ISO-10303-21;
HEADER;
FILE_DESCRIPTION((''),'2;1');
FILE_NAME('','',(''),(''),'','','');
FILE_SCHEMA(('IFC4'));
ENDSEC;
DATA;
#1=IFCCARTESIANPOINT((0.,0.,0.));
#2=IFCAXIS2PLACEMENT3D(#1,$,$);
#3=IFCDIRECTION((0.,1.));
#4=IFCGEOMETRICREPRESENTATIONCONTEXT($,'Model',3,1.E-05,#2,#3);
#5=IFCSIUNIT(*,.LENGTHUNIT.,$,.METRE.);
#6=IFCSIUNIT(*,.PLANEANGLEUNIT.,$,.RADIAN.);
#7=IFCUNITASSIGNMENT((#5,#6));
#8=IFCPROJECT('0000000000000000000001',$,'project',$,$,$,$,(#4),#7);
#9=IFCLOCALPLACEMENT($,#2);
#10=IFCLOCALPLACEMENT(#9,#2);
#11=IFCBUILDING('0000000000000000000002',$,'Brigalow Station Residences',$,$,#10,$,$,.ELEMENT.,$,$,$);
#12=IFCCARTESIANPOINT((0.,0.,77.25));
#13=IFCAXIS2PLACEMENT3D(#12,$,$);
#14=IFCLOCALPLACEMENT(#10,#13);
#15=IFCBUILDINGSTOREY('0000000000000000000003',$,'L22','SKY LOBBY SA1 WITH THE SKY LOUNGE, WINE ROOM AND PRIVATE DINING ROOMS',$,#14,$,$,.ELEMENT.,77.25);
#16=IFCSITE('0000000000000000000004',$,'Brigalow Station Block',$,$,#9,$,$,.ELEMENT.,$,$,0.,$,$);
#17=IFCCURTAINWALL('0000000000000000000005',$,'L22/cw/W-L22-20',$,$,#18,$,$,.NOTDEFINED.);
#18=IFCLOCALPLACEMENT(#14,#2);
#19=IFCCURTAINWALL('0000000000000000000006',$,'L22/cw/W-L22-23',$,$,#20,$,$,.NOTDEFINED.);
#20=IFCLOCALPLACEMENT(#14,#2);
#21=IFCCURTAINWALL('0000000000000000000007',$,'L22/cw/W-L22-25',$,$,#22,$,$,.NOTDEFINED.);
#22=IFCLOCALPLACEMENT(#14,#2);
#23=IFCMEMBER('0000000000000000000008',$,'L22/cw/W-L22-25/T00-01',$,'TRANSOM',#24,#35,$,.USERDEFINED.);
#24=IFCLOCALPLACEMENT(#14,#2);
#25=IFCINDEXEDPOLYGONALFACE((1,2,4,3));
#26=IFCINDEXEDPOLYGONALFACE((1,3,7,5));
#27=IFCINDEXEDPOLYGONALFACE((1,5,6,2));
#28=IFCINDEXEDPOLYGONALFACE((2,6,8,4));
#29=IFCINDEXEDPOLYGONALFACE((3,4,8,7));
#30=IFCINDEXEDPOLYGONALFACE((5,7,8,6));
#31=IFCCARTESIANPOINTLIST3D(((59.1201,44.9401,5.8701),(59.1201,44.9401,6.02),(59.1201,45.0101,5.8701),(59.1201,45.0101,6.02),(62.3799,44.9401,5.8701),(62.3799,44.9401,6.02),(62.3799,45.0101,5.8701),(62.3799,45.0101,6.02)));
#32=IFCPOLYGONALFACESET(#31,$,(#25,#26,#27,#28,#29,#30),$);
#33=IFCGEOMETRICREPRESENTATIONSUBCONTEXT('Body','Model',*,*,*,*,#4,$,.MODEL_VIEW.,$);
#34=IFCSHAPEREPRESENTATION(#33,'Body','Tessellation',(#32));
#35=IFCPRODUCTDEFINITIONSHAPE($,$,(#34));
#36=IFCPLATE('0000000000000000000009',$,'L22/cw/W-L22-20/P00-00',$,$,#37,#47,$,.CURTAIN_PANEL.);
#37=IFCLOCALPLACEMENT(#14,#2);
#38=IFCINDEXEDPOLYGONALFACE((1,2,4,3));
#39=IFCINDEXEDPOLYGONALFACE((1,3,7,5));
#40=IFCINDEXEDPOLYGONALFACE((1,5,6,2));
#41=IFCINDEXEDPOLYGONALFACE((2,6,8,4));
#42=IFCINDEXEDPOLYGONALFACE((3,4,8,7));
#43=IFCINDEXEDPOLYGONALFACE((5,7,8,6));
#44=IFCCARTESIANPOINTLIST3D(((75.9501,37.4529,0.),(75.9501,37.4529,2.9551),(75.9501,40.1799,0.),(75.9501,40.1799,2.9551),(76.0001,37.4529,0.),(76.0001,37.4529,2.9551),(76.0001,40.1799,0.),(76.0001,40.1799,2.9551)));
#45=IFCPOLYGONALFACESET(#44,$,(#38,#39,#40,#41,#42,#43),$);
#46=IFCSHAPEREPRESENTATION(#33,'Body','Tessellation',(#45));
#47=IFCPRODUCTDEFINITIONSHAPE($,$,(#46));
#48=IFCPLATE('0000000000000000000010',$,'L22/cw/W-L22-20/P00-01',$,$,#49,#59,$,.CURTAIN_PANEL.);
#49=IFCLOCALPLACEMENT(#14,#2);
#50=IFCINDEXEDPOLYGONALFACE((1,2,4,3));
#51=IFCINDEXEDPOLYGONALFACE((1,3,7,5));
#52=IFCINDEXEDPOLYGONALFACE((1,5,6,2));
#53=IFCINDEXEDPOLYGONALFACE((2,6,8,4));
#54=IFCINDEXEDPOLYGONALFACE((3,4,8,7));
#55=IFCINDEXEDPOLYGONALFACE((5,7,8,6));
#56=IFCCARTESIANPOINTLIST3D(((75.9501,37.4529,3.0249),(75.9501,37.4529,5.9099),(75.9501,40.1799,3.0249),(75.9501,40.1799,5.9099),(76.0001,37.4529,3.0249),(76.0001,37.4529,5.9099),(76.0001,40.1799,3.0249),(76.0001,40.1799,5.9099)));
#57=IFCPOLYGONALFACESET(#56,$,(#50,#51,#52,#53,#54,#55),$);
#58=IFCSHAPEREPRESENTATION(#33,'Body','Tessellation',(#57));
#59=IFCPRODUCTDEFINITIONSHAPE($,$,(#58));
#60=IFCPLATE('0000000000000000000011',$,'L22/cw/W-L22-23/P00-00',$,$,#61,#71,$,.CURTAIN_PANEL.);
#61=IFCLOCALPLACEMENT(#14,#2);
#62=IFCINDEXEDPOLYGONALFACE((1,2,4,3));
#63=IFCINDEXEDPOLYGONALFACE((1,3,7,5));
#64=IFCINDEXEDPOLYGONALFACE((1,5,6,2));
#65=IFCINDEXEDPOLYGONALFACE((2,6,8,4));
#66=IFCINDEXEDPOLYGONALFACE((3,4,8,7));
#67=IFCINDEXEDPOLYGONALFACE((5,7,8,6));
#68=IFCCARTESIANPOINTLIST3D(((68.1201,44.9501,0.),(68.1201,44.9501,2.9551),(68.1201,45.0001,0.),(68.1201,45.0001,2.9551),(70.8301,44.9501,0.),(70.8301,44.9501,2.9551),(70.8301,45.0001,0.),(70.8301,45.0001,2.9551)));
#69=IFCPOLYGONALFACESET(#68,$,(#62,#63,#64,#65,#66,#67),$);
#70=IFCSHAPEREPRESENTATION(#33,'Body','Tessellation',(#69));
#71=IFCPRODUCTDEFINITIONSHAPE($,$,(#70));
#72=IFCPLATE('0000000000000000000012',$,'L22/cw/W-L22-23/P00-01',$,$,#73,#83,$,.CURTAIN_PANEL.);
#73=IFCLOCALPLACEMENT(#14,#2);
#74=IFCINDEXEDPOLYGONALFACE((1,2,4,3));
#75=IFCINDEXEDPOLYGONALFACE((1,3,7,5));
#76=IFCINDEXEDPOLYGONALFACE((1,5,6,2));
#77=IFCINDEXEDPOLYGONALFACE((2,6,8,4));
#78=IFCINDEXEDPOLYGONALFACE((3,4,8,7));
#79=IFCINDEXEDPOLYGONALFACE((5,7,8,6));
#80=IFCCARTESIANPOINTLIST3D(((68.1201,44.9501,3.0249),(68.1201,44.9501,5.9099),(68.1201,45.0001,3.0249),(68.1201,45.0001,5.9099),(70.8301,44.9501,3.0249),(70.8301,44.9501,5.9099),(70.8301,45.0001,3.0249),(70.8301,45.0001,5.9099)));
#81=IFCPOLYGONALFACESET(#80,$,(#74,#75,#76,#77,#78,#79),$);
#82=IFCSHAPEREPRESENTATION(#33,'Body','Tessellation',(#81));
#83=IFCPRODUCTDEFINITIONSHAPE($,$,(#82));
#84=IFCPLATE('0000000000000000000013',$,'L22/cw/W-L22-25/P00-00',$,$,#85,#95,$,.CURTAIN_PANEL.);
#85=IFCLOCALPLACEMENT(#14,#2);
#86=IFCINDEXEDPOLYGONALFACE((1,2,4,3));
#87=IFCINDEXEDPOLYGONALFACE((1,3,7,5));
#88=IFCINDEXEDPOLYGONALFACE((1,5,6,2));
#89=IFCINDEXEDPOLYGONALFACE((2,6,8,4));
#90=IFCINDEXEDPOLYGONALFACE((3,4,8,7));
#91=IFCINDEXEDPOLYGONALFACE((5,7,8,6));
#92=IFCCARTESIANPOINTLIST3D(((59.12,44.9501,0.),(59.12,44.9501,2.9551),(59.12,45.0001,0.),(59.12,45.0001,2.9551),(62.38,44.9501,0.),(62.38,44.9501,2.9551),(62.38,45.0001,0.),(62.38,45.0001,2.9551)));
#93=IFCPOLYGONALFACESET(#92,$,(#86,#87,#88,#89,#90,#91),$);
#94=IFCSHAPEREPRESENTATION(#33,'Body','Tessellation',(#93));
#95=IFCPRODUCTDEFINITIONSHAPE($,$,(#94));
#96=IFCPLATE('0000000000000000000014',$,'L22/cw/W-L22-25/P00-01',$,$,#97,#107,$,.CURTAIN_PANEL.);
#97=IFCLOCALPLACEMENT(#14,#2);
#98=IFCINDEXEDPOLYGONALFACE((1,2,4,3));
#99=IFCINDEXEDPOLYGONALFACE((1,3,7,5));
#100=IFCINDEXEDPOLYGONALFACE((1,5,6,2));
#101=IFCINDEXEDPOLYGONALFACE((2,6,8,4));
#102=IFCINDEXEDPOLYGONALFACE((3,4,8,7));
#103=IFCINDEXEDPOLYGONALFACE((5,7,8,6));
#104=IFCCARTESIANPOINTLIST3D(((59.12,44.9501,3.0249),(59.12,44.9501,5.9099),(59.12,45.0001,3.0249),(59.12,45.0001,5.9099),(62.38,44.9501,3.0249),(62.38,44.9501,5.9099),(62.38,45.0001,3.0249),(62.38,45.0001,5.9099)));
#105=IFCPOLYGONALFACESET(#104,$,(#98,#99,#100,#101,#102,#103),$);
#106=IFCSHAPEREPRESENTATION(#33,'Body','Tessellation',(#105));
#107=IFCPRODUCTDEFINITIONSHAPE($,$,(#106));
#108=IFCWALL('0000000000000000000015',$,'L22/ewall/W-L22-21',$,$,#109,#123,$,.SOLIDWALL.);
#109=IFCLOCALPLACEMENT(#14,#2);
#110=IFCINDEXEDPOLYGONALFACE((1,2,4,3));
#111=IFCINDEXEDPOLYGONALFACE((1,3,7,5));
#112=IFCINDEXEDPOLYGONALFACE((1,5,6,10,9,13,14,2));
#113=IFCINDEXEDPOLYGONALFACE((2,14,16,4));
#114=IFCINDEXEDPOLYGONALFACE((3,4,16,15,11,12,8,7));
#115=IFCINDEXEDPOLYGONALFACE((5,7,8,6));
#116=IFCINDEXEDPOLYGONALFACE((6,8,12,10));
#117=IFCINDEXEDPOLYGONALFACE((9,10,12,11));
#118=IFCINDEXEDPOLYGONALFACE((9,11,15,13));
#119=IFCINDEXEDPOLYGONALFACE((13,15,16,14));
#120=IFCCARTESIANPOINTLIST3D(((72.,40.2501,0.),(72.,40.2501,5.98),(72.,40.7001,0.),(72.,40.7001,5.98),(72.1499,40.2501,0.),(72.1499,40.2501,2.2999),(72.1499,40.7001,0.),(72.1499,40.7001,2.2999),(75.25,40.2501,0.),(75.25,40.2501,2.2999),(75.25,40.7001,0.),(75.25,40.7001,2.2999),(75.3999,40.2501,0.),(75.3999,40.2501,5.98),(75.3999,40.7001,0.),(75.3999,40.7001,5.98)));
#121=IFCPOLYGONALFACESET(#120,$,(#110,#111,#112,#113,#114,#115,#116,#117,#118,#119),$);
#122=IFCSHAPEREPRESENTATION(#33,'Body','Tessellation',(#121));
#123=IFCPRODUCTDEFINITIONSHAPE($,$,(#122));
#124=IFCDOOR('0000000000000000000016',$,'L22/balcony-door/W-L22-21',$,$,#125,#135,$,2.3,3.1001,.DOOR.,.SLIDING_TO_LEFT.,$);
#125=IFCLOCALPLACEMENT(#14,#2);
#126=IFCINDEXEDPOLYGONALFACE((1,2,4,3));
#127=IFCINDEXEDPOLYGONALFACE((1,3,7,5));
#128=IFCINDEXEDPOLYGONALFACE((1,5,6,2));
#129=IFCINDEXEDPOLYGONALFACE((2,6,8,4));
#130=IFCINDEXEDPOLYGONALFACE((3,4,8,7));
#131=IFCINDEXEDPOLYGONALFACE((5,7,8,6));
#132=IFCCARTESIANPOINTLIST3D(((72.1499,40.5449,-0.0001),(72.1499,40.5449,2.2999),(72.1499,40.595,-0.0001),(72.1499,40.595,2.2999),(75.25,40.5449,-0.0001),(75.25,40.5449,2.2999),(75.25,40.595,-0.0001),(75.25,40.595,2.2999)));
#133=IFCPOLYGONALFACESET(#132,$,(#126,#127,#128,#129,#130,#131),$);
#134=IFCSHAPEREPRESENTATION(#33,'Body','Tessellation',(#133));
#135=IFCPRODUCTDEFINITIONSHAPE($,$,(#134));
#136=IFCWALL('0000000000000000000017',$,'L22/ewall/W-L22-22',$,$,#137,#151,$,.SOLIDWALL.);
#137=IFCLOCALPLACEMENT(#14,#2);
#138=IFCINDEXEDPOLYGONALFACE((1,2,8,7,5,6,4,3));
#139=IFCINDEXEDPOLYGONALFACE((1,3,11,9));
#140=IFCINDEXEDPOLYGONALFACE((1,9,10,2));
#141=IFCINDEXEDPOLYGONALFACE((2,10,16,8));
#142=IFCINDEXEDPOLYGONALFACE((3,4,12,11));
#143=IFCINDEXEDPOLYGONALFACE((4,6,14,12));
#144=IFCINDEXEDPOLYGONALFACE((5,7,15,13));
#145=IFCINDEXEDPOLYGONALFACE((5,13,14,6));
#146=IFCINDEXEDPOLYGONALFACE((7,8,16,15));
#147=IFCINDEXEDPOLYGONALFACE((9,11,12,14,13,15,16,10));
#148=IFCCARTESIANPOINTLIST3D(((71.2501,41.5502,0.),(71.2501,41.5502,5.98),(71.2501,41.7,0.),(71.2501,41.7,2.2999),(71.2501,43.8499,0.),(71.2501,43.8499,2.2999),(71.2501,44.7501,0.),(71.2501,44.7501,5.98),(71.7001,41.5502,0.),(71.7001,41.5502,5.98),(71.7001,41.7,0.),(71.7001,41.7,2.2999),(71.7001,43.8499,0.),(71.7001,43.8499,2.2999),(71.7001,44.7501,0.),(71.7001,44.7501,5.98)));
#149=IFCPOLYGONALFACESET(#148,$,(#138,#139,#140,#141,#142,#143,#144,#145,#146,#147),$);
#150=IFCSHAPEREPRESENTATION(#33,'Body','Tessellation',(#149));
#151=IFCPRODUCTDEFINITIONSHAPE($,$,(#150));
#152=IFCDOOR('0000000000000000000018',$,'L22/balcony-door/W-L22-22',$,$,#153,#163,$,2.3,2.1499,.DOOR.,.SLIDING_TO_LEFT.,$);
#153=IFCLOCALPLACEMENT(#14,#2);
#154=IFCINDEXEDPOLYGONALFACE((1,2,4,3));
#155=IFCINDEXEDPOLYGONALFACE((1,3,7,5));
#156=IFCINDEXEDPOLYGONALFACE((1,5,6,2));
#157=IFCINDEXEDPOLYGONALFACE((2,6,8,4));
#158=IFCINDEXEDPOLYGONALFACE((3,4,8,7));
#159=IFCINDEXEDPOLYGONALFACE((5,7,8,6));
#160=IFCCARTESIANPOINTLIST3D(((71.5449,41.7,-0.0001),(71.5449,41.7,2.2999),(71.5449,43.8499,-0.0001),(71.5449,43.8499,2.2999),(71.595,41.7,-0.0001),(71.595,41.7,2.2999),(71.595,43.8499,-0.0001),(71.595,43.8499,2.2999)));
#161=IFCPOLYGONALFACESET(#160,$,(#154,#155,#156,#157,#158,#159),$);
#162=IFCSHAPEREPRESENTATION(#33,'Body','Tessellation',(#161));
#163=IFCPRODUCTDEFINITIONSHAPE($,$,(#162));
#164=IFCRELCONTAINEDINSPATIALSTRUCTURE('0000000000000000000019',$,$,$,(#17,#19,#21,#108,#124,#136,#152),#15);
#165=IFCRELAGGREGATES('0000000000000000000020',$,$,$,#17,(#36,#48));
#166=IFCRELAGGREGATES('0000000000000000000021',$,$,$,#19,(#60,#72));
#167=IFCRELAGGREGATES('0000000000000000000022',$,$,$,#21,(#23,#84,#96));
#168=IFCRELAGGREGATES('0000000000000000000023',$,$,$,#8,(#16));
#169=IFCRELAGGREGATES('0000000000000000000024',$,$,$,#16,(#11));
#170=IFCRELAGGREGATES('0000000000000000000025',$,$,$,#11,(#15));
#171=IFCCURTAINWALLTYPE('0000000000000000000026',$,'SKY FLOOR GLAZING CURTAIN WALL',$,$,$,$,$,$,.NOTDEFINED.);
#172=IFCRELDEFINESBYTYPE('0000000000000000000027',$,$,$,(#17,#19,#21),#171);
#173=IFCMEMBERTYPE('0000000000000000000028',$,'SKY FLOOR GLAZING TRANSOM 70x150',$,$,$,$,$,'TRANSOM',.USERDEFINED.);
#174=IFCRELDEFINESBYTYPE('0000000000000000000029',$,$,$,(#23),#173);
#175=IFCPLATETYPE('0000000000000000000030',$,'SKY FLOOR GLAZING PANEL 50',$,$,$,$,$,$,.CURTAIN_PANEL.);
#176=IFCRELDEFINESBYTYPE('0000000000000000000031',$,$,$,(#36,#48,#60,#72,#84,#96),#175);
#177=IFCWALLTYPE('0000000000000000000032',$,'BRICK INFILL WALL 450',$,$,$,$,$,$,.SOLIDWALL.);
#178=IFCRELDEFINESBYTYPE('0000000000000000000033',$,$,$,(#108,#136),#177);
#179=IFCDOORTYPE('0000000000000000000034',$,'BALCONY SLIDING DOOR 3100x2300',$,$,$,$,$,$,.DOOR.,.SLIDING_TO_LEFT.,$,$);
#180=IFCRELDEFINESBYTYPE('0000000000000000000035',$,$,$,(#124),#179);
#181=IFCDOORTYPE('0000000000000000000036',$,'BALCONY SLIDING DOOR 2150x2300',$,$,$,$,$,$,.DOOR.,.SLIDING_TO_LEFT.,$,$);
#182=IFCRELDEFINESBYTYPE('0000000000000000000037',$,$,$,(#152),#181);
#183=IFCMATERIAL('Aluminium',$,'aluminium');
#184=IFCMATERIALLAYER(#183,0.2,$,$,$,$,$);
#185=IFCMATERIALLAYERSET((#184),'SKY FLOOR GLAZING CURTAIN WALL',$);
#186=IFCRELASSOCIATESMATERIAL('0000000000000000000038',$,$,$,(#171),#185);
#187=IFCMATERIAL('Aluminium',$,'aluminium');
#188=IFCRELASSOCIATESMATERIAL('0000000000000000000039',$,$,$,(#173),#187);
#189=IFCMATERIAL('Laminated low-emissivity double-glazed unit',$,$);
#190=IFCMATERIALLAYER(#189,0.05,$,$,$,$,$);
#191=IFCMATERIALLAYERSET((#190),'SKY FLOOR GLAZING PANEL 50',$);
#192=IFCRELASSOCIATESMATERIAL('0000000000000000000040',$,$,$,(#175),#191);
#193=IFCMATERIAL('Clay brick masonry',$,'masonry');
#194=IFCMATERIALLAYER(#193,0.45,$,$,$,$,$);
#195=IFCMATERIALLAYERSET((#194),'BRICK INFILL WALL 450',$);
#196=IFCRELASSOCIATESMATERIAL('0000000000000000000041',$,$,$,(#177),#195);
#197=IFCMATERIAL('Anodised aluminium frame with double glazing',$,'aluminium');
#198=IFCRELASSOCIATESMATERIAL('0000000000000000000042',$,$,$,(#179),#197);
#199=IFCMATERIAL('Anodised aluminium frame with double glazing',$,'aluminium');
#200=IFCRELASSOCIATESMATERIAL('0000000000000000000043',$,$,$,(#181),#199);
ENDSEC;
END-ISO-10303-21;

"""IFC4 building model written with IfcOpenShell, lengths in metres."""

from ifc_helpers import new_model, si_unit, direction, frame, frame_2d, origin, origin_2d, place, context, subcontext, project, spatial, rectangle, extrude, material, layer, layer_set, material_profile, profile_set, type_object, element, fill, aggregate, save


model = new_model("IFC4")

# Units and contexts
model_context = context("Model", 3, precision=1e-05, world=origin(), true_north=direction((0.0, 1.0)))
body_context = subcontext(model_context, "Body", "Model", "MODEL_VIEW")
ifc_project = project(units=[si_unit("LENGTHUNIT", "METRE"), si_unit("PLANEANGLEUNIT", "RADIAN")], contexts=[model_context])

# Site, building, storey
site_placement = place(None, origin())
site = spatial("IfcSite", under=ifc_project, at=site_placement, Name="Brigalow Station Block", CompositionType="ELEMENT", RefElevation=0.0)
building_placement = place(site_placement, origin())
building = spatial("IfcBuilding", under=site, at=building_placement, Name="Brigalow Station Residences", CompositionType="ELEMENT")
storey_placement = place(building_placement, frame((0.0, 0.0, 77.25)))
storey = spatial("IfcBuildingStorey", under=building, at=storey_placement, Name="L22", Description="SKY LOBBY SA1 WITH THE SKY LOUNGE, WINE ROOM AND PRIVATE DINING ROOMS", CompositionType="ELEMENT", Elevation=77.25)

# Curtain walls
ifc_material_1 = material(Name="Aluminium", Category="aluminium")
ifc_layer_1 = layer(ifc_material_1, 0.2)
ifc_layer_set_1 = layer_set([ifc_layer_1], Name="SKY FLOOR GLAZING CURTAIN WALL")
curtain_wall_type = type_object("IfcCurtainWallType", Name="SKY FLOOR GLAZING CURTAIN WALL", PredefinedType="NOTDEFINED", material=ifc_layer_set_1)
curtain_wall_1_placement = place(storey_placement, origin())
curtain_wall_1 = element("IfcCurtainWall", 1, at=curtain_wall_1_placement, inside=storey, type_object=curtain_wall_type, Name="L22/cw/W-L22-20", PredefinedType="NOTDEFINED")
curtain_wall_2_placement = place(storey_placement, origin())
curtain_wall_2 = element("IfcCurtainWall", 2, at=curtain_wall_2_placement, inside=storey, type_object=curtain_wall_type, Name="L22/cw/W-L22-23", PredefinedType="NOTDEFINED")

# Curtain wall
curtain_wall_3_placement = place(storey_placement, origin())
curtain_wall_3 = element("IfcCurtainWall", 3, at=curtain_wall_3_placement, inside=storey, type_object=curtain_wall_type, Name="L22/cw/W-L22-25", PredefinedType="NOTDEFINED")

# Member
ifc_material_2 = material(Name="Aluminium", Category="aluminium")
ifc_material_profile_1 = material_profile(ifc_material_2, rectangle(XDim=0.0701, YDim=0.1499, at=origin_2d()), Name="SKY FLOOR GLAZING TRANSOM 70x150")
ifc_profile_set_1 = profile_set([ifc_material_profile_1], Name="Aluminium")
member_type_1 = type_object("IfcMemberType", Name="SKY FLOOR GLAZING TRANSOM 70x150", ElementType="TRANSOM", PredefinedType="USERDEFINED", material=ifc_profile_set_1)
member_1_placement = place(storey_placement, frame((62.3799, 44.9751, 5.9451), z_axis=(-1.0, 0.0, 0.0), x_axis=(0.0, -1.0, 0.0)))
member_1 = element("IfcMember", 4, at=member_1_placement, type_object=member_type_1, Name="L22/cw/W-L22-25/T00-01", ObjectType="TRANSOM", PredefinedType="USERDEFINED", context=body_context, shape_type="SweptSolid", body=[
    extrude(rectangle(XDim=0.0701, YDim=0.1499, at=origin_2d()), origin(), (0.0, 0.0, 1.0), 3.2598),
])

# Plates
ifc_material_3 = material(Name="Laminated low-emissivity double-glazed unit")
ifc_layer_2 = layer(ifc_material_3, 0.05)
ifc_layer_set_2 = layer_set([ifc_layer_2], Name="SKY FLOOR GLAZING PANEL 50")
plate_type = type_object("IfcPlateType", Name="SKY FLOOR GLAZING PANEL 50", PredefinedType="CURTAIN_PANEL", material=ifc_layer_set_2)
plate_1_placement = place(storey_placement, frame((75.9751, 38.8164, 0.0), z_axis=(0.0, 0.0, 1.0), x_axis=(0.0, 1.0, 0.0)))
plate_1 = element("IfcPlate", 5, at=plate_1_placement, type_object=plate_type, Name="L22/cw/W-L22-20/P00-00", PredefinedType="CURTAIN_PANEL", context=body_context, shape_type="SweptSolid", body=[
    extrude(rectangle(XDim=2.7271, YDim=0.05, at=origin_2d()), origin(), (0.0, 0.0, 1.0), 2.9551),
])
plate_2_placement = place(storey_placement, frame((75.9751, 38.8164, 3.0249), z_axis=(0.0, 0.0, 1.0), x_axis=(0.0, 1.0, 0.0)))
plate_2 = element("IfcPlate", 6, at=plate_2_placement, type_object=plate_type, Name="L22/cw/W-L22-20/P00-01", PredefinedType="CURTAIN_PANEL", context=body_context, shape_type="SweptSolid", body=[
    extrude(rectangle(XDim=2.7271, YDim=0.05, at=origin_2d()), origin(), (0.0, 0.0, 1.0), 2.885),
])
aggregate(curtain_wall_1, [plate_1, plate_2])
plate_3_placement = place(storey_placement, frame((69.4751, 44.9751, 0.0), z_axis=(0.0, 0.0, 1.0), x_axis=(-1.0, 0.0, 0.0)))
plate_3 = element("IfcPlate", 7, at=plate_3_placement, type_object=plate_type, Name="L22/cw/W-L22-23/P00-00", PredefinedType="CURTAIN_PANEL", context=body_context, shape_type="SweptSolid", body=[
    extrude(rectangle(XDim=2.71, YDim=0.05, at=origin_2d()), origin(), (0.0, 0.0, 1.0), 2.9551),
])
plate_4_placement = place(storey_placement, frame((69.4751, 44.9751, 3.0249), z_axis=(0.0, 0.0, 1.0), x_axis=(-1.0, 0.0, 0.0)))
plate_4 = element("IfcPlate", 8, at=plate_4_placement, type_object=plate_type, Name="L22/cw/W-L22-23/P00-01", PredefinedType="CURTAIN_PANEL", context=body_context, shape_type="SweptSolid", body=[
    extrude(rectangle(XDim=2.71, YDim=0.05, at=origin_2d()), origin(), (0.0, 0.0, 1.0), 2.885),
])
aggregate(curtain_wall_2, [plate_3, plate_4])
plate_5_placement = place(storey_placement, frame((60.75, 44.9751, 0.0), z_axis=(0.0, 0.0, 1.0), x_axis=(-1.0, 0.0, 0.0)))
plate_5 = element("IfcPlate", 9, at=plate_5_placement, type_object=plate_type, Name="L22/cw/W-L22-25/P00-00", PredefinedType="CURTAIN_PANEL", context=body_context, shape_type="SweptSolid", body=[
    extrude(rectangle(XDim=3.26, YDim=0.05, at=origin_2d()), origin(), (0.0, 0.0, 1.0), 2.9551),
])
plate_6_placement = place(storey_placement, frame((60.75, 44.9751, 3.0249), z_axis=(0.0, 0.0, 1.0), x_axis=(-1.0, 0.0, 0.0)))
plate_6 = element("IfcPlate", 10, at=plate_6_placement, type_object=plate_type, Name="L22/cw/W-L22-25/P00-01", PredefinedType="CURTAIN_PANEL", context=body_context, shape_type="SweptSolid", body=[
    extrude(rectangle(XDim=3.26, YDim=0.05, at=origin_2d()), origin(), (0.0, 0.0, 1.0), 2.885),
])
aggregate(curtain_wall_3, [member_1, plate_5, plate_6])

# Walls, openings, doors
ifc_material_4 = material(Name="Clay brick masonry", Category="masonry")
ifc_layer_3 = layer(ifc_material_4, 0.45)
ifc_layer_set_3 = layer_set([ifc_layer_3], Name="BRICK INFILL WALL 450")
wall_type_1 = type_object("IfcWallType", Name="BRICK INFILL WALL 450", PredefinedType="SOLIDWALL", material=ifc_layer_set_3)
wall_1_placement = place(storey_placement, frame((75.3999, 40.4751, 0.0), z_axis=(0.0, 0.0, 1.0), x_axis=(-1.0, 0.0, 0.0)))
wall_1 = element("IfcWall", 11, at=wall_1_placement, inside=storey, type_object=wall_type_1, Name="L22/ewall/W-L22-21", PredefinedType="SOLIDWALL", context=body_context, shape_type="SweptSolid", body=[
    extrude(rectangle(XDim=3.3999, YDim=0.45, at=frame_2d((1.7, 0.0))), origin(), (0.0, 0.0, 1.0), 5.98),
])
opening_1_placement = place(wall_1_placement, frame((0.1499, 0.0, 0.0)))
opening_1 = element("IfcOpeningElement", 12, at=opening_1_placement, cuts=wall_1, PredefinedType="OPENING", context=body_context, shape_type="SweptSolid", body=[
    extrude(rectangle(XDim=3.1001, YDim=2.3, at=frame_2d((1.55, 1.1499))), frame((0.0, 0.2349, 0.0), z_axis=(0.0, -1.0, 0.0), x_axis=(1.0, 0.0, 0.0)), (0.0, 0.0, 1.0), 0.47),
])
ifc_material_5 = material(Name="Anodised aluminium frame with double glazing", Category="aluminium")
door_type_1 = type_object("IfcDoorType", Name="BALCONY SLIDING DOOR 3100x2300", OperationType="SLIDING_TO_LEFT", PredefinedType="DOOR", material=ifc_material_5)
door_1_placement = place(opening_1_placement, origin())
door_1 = element("IfcDoor", 13, at=door_1_placement, inside=storey, type_object=door_type_1, Name="L22/balcony-door/W-L22-21", OperationType="SLIDING_TO_LEFT", OverallHeight=2.3, OverallWidth=3.1001, PredefinedType="DOOR", context=body_context, shape_type="SweptSolid", body=[
    extrude(rectangle(XDim=3.1001, YDim=2.3, at=frame_2d((1.55, 1.1499))), frame((0.0, -0.0698, 0.0), z_axis=(0.0, -1.0, 0.0), x_axis=(1.0, 0.0, 0.0)), (0.0, 0.0, 1.0), 0.05),
])
fill(opening_1, door_1)
wall_2_placement = place(storey_placement, frame((71.4751, 41.55, 0.0), z_axis=(0.0, 0.0, 1.0), x_axis=(0.0, 1.0, 0.0)))
wall_2 = element("IfcWall", 14, at=wall_2_placement, inside=storey, type_object=wall_type_1, Name="L22/ewall/W-L22-22", PredefinedType="SOLIDWALL", context=body_context, shape_type="SweptSolid", body=[
    extrude(rectangle(XDim=3.2, YDim=0.45, at=frame_2d((1.6001, 0.0))), origin(), (0.0, 0.0, 1.0), 5.98),
])
opening_2_placement = place(wall_2_placement, frame((0.1499, 0.0, 0.0)))
opening_2 = element("IfcOpeningElement", 15, at=opening_2_placement, cuts=wall_2, PredefinedType="OPENING", context=body_context, shape_type="SweptSolid", body=[
    extrude(rectangle(XDim=2.1499, YDim=2.3, at=frame_2d((1.075, 1.1499))), frame((0.0, 0.2349, 0.0), z_axis=(0.0, -1.0, 0.0), x_axis=(1.0, 0.0, 0.0)), (0.0, 0.0, 1.0), 0.47),
])
ifc_material_6 = material(Name="Anodised aluminium frame with double glazing", Category="aluminium")
door_type_2 = type_object("IfcDoorType", Name="BALCONY SLIDING DOOR 2150x2300", OperationType="SLIDING_TO_LEFT", PredefinedType="DOOR", material=ifc_material_6)
door_2_placement = place(opening_2_placement, origin())
door_2 = element("IfcDoor", 16, at=door_2_placement, inside=storey, type_object=door_type_2, Name="L22/balcony-door/W-L22-22", OperationType="SLIDING_TO_LEFT", OverallHeight=2.3, OverallWidth=2.1499, PredefinedType="DOOR", context=body_context, shape_type="SweptSolid", body=[
    extrude(rectangle(XDim=2.1499, YDim=2.3, at=frame_2d((1.075, 1.1499))), frame((0.0, -0.0698, 0.0), z_axis=(0.0, -1.0, 0.0), x_axis=(1.0, 0.0, 0.0)), (0.0, 0.0, 1.0), 0.05),
])
fill(opening_2, door_2)

save(model, "model.ifc")
